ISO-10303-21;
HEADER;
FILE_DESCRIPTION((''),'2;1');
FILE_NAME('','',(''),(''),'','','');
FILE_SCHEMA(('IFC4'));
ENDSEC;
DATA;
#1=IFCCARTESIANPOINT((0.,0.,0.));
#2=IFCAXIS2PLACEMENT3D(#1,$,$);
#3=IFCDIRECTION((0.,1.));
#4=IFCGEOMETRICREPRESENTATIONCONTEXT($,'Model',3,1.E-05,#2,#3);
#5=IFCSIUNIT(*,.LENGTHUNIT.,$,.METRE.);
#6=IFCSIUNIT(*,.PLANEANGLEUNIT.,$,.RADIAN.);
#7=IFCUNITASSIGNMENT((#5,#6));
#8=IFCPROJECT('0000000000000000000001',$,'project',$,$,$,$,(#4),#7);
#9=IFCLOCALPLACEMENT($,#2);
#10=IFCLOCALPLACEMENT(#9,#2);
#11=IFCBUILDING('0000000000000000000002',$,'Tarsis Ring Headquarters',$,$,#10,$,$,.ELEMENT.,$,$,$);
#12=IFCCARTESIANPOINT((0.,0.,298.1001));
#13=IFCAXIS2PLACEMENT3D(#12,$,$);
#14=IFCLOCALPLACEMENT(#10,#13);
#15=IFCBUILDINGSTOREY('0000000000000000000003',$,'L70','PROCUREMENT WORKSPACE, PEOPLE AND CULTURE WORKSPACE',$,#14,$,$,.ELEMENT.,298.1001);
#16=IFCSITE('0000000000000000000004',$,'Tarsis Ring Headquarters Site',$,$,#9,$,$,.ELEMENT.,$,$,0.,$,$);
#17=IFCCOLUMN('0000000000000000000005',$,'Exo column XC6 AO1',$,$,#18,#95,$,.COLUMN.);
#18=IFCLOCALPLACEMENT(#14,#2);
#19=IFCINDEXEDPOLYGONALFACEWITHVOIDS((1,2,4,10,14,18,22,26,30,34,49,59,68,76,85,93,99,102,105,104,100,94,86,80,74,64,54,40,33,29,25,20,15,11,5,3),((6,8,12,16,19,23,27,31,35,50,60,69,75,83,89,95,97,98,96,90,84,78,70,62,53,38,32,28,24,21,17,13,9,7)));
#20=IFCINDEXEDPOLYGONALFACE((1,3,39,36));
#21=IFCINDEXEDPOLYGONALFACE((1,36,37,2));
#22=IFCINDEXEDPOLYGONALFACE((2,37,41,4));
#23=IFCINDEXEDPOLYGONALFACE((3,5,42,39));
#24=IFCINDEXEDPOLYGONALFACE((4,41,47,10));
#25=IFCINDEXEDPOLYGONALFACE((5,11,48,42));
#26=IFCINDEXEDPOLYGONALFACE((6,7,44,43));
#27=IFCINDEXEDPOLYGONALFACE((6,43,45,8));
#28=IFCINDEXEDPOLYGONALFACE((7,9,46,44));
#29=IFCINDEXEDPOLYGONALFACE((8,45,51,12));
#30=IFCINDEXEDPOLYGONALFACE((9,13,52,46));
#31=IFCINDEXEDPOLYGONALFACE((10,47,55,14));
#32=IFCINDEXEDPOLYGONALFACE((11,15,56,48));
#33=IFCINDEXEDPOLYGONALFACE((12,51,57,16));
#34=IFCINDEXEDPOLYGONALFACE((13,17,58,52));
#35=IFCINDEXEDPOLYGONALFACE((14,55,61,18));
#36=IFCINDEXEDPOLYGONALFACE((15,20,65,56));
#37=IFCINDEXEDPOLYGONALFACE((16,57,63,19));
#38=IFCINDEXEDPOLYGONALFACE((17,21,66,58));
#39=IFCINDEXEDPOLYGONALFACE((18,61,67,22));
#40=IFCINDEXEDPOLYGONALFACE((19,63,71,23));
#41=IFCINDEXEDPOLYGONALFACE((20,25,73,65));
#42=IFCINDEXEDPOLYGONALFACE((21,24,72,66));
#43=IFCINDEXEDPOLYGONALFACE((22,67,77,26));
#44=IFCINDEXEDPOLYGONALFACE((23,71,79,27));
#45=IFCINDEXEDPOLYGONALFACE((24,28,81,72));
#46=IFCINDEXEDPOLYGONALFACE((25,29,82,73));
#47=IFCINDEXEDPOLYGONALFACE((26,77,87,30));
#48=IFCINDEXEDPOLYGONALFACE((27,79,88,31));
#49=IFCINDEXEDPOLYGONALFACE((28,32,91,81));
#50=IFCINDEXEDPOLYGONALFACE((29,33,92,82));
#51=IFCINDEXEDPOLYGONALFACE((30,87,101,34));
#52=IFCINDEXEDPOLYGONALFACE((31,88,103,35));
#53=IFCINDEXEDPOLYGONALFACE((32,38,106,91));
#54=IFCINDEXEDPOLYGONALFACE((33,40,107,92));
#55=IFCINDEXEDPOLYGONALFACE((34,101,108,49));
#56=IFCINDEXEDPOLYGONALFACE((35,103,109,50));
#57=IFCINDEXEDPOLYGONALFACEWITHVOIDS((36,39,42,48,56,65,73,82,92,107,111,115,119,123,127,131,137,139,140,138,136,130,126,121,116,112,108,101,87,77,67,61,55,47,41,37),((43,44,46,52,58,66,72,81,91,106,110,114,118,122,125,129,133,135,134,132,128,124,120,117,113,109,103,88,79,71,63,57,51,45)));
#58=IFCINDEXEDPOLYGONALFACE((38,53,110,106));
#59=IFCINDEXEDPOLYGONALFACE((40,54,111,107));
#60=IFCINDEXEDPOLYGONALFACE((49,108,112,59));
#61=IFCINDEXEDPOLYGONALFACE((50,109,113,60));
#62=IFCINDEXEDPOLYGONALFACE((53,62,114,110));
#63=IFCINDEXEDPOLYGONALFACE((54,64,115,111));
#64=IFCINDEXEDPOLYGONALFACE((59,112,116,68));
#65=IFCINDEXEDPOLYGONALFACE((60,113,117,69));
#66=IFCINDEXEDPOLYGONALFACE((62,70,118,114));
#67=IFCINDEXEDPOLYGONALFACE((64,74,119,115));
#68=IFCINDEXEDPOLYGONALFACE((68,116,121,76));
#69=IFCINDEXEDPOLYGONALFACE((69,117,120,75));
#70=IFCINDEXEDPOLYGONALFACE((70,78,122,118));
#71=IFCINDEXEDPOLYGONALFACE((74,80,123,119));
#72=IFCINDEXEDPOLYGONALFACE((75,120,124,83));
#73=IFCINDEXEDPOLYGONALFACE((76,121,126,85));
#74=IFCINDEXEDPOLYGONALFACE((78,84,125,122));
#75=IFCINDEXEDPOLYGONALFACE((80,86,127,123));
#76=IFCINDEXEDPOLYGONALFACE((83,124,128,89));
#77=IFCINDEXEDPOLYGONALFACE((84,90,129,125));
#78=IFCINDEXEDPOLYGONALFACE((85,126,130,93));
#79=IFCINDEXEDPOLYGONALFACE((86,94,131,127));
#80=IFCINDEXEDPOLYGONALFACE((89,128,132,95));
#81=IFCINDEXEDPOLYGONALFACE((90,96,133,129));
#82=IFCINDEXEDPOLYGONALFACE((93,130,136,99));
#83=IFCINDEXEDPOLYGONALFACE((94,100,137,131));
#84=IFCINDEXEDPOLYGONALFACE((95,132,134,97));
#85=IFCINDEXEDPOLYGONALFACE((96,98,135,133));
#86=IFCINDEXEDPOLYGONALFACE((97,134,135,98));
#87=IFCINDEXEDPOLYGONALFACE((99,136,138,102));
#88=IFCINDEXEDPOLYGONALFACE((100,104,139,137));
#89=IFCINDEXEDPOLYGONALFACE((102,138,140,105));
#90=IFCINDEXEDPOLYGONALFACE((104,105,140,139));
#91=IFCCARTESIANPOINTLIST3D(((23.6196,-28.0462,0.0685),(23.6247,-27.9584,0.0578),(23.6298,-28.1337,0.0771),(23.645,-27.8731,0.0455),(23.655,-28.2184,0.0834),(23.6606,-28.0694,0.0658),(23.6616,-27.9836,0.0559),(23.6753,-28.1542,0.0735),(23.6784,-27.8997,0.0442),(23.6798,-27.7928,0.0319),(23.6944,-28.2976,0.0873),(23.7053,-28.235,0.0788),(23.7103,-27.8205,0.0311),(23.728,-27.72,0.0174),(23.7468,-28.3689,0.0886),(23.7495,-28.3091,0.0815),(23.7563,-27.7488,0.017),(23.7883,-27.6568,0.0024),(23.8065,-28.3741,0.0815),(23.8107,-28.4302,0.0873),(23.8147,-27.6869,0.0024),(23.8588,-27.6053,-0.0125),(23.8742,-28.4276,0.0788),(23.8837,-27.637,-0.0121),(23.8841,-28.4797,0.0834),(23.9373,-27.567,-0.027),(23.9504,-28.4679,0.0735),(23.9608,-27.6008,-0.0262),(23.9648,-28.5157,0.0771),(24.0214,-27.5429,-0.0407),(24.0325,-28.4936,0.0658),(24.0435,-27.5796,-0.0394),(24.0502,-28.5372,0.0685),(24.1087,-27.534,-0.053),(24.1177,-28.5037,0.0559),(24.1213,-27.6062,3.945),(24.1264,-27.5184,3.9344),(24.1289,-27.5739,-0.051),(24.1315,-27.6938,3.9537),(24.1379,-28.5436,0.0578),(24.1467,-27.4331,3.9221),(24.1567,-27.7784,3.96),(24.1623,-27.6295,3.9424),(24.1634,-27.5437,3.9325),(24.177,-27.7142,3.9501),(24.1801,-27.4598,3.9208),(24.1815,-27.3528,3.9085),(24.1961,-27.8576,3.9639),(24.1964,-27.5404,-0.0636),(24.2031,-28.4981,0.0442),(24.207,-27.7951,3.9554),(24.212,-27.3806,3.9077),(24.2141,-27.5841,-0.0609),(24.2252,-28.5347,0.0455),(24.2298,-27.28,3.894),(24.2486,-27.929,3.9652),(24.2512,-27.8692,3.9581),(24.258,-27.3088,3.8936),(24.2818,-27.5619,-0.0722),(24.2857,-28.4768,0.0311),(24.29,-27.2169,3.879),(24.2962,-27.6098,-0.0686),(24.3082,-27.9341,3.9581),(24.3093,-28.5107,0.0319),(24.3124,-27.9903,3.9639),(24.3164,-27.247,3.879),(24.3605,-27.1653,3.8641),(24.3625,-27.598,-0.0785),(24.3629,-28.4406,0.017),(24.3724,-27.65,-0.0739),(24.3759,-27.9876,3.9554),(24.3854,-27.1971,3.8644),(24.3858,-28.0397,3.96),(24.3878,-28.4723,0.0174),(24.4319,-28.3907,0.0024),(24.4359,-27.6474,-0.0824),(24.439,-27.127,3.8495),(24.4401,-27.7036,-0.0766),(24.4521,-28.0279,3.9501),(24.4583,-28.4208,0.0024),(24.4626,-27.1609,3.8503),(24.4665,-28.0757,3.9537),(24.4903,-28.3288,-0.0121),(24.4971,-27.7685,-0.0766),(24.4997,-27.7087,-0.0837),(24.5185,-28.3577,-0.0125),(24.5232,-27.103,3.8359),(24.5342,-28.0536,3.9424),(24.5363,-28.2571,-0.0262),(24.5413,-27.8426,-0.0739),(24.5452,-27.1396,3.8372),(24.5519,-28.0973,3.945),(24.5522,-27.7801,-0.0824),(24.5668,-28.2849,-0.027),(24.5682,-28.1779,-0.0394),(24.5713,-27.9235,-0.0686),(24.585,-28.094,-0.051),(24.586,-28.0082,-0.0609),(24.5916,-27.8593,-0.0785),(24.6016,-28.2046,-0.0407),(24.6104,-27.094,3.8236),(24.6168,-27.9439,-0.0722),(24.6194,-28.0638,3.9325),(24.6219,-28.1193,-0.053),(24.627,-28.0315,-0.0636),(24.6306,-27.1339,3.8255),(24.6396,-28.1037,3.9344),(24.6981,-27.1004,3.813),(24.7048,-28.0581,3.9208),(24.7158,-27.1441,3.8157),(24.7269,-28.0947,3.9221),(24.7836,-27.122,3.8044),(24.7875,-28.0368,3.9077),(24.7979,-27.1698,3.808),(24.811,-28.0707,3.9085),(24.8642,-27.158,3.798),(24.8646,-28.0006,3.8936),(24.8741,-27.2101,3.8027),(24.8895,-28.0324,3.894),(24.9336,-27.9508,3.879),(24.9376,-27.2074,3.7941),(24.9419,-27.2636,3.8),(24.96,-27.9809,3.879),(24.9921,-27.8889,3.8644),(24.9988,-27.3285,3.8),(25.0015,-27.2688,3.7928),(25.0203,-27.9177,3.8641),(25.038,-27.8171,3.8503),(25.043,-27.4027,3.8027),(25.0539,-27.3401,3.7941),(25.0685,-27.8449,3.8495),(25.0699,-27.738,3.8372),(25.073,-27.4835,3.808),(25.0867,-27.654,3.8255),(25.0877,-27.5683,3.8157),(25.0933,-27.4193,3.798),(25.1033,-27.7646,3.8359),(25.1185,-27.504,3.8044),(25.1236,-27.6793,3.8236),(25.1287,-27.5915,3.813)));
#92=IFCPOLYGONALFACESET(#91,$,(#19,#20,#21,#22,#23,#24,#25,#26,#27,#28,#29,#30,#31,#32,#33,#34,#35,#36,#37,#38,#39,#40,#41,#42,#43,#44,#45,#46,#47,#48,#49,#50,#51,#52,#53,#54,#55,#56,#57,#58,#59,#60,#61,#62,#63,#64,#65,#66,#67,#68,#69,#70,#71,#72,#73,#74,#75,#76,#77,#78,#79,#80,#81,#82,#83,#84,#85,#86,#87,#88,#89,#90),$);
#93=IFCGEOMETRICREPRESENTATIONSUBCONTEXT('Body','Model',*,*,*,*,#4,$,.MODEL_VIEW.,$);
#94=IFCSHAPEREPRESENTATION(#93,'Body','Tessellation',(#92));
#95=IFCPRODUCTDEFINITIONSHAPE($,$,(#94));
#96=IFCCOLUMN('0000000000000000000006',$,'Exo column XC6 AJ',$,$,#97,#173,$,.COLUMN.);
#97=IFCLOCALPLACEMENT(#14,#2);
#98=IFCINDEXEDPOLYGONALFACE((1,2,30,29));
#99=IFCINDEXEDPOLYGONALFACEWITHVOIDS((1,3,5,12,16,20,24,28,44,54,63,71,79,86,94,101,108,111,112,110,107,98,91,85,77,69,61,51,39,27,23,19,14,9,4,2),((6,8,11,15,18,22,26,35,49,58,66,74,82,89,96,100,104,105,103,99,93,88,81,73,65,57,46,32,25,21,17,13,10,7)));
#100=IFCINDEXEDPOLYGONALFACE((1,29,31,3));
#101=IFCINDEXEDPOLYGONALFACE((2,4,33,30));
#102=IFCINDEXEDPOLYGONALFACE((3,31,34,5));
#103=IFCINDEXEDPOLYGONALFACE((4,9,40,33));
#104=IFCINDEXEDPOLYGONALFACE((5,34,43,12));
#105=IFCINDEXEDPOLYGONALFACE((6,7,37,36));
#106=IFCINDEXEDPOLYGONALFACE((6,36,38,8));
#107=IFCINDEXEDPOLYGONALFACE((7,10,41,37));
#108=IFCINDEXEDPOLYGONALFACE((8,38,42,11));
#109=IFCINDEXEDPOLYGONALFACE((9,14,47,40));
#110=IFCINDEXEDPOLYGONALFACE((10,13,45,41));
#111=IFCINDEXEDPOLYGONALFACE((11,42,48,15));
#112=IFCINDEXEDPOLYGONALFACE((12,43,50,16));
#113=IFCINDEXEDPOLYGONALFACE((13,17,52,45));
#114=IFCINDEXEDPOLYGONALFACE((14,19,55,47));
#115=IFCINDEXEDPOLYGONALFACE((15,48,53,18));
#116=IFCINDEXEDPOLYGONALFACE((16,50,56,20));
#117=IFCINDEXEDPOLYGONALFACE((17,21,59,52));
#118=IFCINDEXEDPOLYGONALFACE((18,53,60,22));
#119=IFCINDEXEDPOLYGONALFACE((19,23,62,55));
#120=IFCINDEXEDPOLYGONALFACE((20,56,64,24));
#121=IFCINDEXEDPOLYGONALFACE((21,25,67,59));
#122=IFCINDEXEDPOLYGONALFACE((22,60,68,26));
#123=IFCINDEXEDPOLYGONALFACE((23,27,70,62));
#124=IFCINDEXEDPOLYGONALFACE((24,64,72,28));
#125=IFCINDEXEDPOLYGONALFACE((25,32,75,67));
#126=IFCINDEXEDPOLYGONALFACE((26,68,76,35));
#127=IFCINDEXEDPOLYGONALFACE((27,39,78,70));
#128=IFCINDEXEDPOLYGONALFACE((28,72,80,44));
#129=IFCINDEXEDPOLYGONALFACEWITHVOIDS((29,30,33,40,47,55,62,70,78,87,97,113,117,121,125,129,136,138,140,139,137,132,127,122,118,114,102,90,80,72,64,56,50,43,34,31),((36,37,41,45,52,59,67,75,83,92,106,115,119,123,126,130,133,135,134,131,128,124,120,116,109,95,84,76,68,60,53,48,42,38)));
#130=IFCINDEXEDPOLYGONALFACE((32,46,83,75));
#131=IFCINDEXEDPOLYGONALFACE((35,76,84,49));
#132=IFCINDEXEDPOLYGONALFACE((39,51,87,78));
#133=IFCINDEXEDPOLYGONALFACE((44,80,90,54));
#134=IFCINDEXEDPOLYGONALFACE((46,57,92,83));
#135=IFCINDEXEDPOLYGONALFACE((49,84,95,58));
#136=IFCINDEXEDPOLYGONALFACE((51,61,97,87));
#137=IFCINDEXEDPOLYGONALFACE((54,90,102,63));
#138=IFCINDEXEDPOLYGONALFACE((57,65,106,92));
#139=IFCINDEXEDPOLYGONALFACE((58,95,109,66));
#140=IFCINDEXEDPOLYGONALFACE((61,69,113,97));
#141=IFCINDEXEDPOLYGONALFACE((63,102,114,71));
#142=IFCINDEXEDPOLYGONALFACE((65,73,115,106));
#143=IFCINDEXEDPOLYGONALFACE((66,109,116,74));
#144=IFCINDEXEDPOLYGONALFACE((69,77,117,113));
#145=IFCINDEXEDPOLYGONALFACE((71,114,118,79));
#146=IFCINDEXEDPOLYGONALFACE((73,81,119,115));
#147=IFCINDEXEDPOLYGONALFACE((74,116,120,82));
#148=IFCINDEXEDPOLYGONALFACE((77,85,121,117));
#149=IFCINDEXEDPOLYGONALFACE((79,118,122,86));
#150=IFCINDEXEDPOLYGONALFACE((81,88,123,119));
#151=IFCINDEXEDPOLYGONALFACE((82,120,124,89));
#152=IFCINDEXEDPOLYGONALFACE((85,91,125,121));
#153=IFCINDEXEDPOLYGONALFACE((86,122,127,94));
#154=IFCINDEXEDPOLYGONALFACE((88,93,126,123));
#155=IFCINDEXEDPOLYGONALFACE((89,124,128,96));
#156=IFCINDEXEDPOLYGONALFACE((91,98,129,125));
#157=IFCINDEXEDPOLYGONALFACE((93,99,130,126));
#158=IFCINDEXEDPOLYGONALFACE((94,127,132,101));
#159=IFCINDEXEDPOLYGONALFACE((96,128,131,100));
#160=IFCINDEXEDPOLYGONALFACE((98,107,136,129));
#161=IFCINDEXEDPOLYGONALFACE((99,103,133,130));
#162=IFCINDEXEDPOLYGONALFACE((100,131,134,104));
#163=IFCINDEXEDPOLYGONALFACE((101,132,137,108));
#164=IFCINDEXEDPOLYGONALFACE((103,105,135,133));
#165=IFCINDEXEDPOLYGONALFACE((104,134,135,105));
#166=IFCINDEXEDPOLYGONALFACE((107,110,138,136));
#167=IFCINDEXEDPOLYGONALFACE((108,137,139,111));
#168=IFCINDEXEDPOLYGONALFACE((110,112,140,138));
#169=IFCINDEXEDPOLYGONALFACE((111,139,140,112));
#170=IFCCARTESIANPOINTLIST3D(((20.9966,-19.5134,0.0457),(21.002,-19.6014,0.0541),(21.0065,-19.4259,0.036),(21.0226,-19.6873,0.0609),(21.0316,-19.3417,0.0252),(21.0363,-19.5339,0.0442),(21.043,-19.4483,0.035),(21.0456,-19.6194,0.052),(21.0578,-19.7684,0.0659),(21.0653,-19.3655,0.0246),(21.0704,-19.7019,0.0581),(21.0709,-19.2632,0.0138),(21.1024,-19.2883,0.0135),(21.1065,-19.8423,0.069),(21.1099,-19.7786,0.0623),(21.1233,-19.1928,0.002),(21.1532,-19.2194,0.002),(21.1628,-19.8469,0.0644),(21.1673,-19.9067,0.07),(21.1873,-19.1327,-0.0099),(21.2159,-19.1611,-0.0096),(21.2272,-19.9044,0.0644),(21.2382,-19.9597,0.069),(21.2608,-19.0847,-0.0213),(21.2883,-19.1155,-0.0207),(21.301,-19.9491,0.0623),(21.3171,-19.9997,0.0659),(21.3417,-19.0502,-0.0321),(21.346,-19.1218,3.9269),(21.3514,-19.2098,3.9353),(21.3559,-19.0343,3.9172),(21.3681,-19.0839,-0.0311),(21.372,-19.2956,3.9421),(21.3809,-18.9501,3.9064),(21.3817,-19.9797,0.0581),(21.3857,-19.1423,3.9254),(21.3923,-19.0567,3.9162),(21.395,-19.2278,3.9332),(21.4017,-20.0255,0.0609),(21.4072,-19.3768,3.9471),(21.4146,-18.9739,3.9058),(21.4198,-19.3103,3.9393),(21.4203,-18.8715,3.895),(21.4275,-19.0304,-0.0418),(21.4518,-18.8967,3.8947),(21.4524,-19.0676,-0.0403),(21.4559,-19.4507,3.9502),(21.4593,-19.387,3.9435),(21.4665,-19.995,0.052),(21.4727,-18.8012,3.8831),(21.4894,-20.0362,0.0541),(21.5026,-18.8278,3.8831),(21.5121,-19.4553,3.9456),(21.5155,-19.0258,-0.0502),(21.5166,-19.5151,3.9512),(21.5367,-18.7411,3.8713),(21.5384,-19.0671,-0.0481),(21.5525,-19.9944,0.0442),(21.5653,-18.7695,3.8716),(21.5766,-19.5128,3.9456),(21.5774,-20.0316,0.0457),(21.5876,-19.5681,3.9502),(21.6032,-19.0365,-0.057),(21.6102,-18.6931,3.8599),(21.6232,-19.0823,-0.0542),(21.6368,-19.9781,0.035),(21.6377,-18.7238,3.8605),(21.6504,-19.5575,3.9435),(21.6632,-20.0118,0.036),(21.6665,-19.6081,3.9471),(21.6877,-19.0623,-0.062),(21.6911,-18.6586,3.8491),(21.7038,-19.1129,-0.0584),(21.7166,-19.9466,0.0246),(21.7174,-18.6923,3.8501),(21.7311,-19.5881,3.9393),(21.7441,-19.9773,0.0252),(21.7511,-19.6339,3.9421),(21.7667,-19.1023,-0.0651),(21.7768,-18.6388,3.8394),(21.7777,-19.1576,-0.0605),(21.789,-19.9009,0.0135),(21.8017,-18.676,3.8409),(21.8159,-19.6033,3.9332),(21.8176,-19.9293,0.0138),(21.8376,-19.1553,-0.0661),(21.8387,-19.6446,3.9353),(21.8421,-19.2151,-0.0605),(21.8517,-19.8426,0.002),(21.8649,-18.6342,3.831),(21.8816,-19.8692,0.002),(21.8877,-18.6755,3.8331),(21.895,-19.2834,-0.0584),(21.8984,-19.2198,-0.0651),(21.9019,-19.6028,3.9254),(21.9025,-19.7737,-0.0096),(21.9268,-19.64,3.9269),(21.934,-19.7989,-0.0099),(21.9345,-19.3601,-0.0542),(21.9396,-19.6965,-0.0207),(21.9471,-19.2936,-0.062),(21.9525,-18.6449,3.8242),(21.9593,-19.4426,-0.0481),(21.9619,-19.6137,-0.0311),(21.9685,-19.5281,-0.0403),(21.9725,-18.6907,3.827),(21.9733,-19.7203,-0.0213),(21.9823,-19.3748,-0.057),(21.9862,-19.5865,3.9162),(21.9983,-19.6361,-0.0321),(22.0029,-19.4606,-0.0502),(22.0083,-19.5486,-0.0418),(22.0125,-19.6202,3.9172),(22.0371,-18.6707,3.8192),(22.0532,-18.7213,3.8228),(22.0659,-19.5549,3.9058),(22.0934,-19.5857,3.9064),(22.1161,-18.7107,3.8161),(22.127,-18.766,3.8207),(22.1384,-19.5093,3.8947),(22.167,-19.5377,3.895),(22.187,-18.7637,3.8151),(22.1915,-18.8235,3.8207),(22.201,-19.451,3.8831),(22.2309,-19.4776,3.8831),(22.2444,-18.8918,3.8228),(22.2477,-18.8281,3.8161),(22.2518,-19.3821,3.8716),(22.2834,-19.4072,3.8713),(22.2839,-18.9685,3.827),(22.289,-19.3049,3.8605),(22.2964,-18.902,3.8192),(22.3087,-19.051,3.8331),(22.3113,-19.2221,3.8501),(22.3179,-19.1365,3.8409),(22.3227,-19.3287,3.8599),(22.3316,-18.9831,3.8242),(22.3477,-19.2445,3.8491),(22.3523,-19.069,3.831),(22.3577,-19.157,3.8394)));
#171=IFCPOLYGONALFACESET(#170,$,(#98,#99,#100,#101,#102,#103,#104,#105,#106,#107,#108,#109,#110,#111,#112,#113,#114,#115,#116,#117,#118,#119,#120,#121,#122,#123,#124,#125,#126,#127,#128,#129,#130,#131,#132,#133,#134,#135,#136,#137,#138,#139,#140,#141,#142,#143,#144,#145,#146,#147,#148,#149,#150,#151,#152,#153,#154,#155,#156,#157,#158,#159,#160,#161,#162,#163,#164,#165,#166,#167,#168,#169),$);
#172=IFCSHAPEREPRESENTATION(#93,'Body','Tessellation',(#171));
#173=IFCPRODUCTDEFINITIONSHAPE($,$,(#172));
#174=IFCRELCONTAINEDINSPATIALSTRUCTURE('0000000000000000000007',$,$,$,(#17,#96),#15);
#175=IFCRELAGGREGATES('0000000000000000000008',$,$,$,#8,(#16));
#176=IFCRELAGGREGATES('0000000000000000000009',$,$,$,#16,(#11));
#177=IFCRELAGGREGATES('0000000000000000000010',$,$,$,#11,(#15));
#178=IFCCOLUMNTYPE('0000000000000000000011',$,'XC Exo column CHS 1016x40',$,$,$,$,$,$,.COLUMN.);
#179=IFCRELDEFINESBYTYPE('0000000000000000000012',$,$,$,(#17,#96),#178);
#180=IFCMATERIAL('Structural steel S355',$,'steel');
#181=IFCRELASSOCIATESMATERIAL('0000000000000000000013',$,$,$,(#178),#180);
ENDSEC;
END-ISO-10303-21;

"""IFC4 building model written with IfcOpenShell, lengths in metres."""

from ifc_helpers import new_model, si_unit, direction, frame, origin, origin_2d, place, context, subcontext, project, spatial, hollow_circle, extrude, material, material_profile, profile_set, type_object, element, save


model = new_model("IFC4")

# Units and contexts
model_context = context("Model", 3, precision=1e-05, world=origin(), true_north=direction((0.0, 1.0)))
body_context = subcontext(model_context, "Body", "Model", "MODEL_VIEW")
ifc_project = project(units=[si_unit("LENGTHUNIT", "METRE"), si_unit("PLANEANGLEUNIT", "RADIAN")], contexts=[model_context])

# Site, building, storey
site_placement = place(None, origin())
site = spatial("IfcSite", under=ifc_project, at=site_placement, Name="Tarsis Ring Headquarters Site", CompositionType="ELEMENT", RefElevation=0.0)
building_placement = place(site_placement, origin())
building = spatial("IfcBuilding", under=site, at=building_placement, Name="Tarsis Ring Headquarters", CompositionType="ELEMENT")
storey_placement = place(building_placement, frame((0.0, 0.0, 298.1001)))
storey = spatial("IfcBuildingStorey", under=building, at=storey_placement, Name="L70", Description="PROCUREMENT WORKSPACE, PEOPLE AND CULTURE WORKSPACE", CompositionType="ELEMENT", Elevation=298.1001)

# Columns
ifc_material_1 = material(Name="Structural steel S355", Category="steel")
ifc_material_profile_1 = material_profile(ifc_material_1, hollow_circle(Radius=0.5081, WallThickness=0.04, at=origin_2d()), Name="CHS 1016x40")
ifc_profile_set_1 = profile_set([ifc_material_profile_1], Name="Structural steel S355")
column_type = type_object("IfcColumnType", Name="XC Exo column CHS 1016x40", PredefinedType="COLUMN", material=ifc_profile_set_1)
column_placement = place(storey_placement, frame((24.1233, -28.0388, 0.0024), z_axis=(0.127548, 0.111845, 0.985506), x_axis=(-0.659307, 0.751874, 0.0)))
element("IfcColumn", 1, at=column_placement, inside=storey, type_object=column_type, Name="Exo column XC6 AO1", PredefinedType="COLUMN", context=body_context, shape_type="SweptSolid", body=[
    extrude(hollow_circle(Radius=0.5081, WallThickness=0.04, at=origin_2d()), origin(), (0.0, 0.0, 1.0), 3.9336),
])
for number, where, z_axis, x_axis, name in (
    (2, (21.5024, -19.531, 0.002), (0.089205, 0.09999, 0.990982), (-0.746202, 0.66572, 0.0), "Exo column XC6 AJ"),
):
    element("IfcColumn", number, at=place(storey_placement, frame(where, z_axis=z_axis, x_axis=x_axis)), inside=storey, type_object=column_type, Name=name, PredefinedType="COLUMN", context=body_context, shape_type="SweptSolid", body=[
        extrude(hollow_circle(Radius=0.5081, WallThickness=0.04, at=origin_2d()), origin(), (0.0, 0.0, 1.0), 3.9165),
    ])

save(model, "model.ifc")
